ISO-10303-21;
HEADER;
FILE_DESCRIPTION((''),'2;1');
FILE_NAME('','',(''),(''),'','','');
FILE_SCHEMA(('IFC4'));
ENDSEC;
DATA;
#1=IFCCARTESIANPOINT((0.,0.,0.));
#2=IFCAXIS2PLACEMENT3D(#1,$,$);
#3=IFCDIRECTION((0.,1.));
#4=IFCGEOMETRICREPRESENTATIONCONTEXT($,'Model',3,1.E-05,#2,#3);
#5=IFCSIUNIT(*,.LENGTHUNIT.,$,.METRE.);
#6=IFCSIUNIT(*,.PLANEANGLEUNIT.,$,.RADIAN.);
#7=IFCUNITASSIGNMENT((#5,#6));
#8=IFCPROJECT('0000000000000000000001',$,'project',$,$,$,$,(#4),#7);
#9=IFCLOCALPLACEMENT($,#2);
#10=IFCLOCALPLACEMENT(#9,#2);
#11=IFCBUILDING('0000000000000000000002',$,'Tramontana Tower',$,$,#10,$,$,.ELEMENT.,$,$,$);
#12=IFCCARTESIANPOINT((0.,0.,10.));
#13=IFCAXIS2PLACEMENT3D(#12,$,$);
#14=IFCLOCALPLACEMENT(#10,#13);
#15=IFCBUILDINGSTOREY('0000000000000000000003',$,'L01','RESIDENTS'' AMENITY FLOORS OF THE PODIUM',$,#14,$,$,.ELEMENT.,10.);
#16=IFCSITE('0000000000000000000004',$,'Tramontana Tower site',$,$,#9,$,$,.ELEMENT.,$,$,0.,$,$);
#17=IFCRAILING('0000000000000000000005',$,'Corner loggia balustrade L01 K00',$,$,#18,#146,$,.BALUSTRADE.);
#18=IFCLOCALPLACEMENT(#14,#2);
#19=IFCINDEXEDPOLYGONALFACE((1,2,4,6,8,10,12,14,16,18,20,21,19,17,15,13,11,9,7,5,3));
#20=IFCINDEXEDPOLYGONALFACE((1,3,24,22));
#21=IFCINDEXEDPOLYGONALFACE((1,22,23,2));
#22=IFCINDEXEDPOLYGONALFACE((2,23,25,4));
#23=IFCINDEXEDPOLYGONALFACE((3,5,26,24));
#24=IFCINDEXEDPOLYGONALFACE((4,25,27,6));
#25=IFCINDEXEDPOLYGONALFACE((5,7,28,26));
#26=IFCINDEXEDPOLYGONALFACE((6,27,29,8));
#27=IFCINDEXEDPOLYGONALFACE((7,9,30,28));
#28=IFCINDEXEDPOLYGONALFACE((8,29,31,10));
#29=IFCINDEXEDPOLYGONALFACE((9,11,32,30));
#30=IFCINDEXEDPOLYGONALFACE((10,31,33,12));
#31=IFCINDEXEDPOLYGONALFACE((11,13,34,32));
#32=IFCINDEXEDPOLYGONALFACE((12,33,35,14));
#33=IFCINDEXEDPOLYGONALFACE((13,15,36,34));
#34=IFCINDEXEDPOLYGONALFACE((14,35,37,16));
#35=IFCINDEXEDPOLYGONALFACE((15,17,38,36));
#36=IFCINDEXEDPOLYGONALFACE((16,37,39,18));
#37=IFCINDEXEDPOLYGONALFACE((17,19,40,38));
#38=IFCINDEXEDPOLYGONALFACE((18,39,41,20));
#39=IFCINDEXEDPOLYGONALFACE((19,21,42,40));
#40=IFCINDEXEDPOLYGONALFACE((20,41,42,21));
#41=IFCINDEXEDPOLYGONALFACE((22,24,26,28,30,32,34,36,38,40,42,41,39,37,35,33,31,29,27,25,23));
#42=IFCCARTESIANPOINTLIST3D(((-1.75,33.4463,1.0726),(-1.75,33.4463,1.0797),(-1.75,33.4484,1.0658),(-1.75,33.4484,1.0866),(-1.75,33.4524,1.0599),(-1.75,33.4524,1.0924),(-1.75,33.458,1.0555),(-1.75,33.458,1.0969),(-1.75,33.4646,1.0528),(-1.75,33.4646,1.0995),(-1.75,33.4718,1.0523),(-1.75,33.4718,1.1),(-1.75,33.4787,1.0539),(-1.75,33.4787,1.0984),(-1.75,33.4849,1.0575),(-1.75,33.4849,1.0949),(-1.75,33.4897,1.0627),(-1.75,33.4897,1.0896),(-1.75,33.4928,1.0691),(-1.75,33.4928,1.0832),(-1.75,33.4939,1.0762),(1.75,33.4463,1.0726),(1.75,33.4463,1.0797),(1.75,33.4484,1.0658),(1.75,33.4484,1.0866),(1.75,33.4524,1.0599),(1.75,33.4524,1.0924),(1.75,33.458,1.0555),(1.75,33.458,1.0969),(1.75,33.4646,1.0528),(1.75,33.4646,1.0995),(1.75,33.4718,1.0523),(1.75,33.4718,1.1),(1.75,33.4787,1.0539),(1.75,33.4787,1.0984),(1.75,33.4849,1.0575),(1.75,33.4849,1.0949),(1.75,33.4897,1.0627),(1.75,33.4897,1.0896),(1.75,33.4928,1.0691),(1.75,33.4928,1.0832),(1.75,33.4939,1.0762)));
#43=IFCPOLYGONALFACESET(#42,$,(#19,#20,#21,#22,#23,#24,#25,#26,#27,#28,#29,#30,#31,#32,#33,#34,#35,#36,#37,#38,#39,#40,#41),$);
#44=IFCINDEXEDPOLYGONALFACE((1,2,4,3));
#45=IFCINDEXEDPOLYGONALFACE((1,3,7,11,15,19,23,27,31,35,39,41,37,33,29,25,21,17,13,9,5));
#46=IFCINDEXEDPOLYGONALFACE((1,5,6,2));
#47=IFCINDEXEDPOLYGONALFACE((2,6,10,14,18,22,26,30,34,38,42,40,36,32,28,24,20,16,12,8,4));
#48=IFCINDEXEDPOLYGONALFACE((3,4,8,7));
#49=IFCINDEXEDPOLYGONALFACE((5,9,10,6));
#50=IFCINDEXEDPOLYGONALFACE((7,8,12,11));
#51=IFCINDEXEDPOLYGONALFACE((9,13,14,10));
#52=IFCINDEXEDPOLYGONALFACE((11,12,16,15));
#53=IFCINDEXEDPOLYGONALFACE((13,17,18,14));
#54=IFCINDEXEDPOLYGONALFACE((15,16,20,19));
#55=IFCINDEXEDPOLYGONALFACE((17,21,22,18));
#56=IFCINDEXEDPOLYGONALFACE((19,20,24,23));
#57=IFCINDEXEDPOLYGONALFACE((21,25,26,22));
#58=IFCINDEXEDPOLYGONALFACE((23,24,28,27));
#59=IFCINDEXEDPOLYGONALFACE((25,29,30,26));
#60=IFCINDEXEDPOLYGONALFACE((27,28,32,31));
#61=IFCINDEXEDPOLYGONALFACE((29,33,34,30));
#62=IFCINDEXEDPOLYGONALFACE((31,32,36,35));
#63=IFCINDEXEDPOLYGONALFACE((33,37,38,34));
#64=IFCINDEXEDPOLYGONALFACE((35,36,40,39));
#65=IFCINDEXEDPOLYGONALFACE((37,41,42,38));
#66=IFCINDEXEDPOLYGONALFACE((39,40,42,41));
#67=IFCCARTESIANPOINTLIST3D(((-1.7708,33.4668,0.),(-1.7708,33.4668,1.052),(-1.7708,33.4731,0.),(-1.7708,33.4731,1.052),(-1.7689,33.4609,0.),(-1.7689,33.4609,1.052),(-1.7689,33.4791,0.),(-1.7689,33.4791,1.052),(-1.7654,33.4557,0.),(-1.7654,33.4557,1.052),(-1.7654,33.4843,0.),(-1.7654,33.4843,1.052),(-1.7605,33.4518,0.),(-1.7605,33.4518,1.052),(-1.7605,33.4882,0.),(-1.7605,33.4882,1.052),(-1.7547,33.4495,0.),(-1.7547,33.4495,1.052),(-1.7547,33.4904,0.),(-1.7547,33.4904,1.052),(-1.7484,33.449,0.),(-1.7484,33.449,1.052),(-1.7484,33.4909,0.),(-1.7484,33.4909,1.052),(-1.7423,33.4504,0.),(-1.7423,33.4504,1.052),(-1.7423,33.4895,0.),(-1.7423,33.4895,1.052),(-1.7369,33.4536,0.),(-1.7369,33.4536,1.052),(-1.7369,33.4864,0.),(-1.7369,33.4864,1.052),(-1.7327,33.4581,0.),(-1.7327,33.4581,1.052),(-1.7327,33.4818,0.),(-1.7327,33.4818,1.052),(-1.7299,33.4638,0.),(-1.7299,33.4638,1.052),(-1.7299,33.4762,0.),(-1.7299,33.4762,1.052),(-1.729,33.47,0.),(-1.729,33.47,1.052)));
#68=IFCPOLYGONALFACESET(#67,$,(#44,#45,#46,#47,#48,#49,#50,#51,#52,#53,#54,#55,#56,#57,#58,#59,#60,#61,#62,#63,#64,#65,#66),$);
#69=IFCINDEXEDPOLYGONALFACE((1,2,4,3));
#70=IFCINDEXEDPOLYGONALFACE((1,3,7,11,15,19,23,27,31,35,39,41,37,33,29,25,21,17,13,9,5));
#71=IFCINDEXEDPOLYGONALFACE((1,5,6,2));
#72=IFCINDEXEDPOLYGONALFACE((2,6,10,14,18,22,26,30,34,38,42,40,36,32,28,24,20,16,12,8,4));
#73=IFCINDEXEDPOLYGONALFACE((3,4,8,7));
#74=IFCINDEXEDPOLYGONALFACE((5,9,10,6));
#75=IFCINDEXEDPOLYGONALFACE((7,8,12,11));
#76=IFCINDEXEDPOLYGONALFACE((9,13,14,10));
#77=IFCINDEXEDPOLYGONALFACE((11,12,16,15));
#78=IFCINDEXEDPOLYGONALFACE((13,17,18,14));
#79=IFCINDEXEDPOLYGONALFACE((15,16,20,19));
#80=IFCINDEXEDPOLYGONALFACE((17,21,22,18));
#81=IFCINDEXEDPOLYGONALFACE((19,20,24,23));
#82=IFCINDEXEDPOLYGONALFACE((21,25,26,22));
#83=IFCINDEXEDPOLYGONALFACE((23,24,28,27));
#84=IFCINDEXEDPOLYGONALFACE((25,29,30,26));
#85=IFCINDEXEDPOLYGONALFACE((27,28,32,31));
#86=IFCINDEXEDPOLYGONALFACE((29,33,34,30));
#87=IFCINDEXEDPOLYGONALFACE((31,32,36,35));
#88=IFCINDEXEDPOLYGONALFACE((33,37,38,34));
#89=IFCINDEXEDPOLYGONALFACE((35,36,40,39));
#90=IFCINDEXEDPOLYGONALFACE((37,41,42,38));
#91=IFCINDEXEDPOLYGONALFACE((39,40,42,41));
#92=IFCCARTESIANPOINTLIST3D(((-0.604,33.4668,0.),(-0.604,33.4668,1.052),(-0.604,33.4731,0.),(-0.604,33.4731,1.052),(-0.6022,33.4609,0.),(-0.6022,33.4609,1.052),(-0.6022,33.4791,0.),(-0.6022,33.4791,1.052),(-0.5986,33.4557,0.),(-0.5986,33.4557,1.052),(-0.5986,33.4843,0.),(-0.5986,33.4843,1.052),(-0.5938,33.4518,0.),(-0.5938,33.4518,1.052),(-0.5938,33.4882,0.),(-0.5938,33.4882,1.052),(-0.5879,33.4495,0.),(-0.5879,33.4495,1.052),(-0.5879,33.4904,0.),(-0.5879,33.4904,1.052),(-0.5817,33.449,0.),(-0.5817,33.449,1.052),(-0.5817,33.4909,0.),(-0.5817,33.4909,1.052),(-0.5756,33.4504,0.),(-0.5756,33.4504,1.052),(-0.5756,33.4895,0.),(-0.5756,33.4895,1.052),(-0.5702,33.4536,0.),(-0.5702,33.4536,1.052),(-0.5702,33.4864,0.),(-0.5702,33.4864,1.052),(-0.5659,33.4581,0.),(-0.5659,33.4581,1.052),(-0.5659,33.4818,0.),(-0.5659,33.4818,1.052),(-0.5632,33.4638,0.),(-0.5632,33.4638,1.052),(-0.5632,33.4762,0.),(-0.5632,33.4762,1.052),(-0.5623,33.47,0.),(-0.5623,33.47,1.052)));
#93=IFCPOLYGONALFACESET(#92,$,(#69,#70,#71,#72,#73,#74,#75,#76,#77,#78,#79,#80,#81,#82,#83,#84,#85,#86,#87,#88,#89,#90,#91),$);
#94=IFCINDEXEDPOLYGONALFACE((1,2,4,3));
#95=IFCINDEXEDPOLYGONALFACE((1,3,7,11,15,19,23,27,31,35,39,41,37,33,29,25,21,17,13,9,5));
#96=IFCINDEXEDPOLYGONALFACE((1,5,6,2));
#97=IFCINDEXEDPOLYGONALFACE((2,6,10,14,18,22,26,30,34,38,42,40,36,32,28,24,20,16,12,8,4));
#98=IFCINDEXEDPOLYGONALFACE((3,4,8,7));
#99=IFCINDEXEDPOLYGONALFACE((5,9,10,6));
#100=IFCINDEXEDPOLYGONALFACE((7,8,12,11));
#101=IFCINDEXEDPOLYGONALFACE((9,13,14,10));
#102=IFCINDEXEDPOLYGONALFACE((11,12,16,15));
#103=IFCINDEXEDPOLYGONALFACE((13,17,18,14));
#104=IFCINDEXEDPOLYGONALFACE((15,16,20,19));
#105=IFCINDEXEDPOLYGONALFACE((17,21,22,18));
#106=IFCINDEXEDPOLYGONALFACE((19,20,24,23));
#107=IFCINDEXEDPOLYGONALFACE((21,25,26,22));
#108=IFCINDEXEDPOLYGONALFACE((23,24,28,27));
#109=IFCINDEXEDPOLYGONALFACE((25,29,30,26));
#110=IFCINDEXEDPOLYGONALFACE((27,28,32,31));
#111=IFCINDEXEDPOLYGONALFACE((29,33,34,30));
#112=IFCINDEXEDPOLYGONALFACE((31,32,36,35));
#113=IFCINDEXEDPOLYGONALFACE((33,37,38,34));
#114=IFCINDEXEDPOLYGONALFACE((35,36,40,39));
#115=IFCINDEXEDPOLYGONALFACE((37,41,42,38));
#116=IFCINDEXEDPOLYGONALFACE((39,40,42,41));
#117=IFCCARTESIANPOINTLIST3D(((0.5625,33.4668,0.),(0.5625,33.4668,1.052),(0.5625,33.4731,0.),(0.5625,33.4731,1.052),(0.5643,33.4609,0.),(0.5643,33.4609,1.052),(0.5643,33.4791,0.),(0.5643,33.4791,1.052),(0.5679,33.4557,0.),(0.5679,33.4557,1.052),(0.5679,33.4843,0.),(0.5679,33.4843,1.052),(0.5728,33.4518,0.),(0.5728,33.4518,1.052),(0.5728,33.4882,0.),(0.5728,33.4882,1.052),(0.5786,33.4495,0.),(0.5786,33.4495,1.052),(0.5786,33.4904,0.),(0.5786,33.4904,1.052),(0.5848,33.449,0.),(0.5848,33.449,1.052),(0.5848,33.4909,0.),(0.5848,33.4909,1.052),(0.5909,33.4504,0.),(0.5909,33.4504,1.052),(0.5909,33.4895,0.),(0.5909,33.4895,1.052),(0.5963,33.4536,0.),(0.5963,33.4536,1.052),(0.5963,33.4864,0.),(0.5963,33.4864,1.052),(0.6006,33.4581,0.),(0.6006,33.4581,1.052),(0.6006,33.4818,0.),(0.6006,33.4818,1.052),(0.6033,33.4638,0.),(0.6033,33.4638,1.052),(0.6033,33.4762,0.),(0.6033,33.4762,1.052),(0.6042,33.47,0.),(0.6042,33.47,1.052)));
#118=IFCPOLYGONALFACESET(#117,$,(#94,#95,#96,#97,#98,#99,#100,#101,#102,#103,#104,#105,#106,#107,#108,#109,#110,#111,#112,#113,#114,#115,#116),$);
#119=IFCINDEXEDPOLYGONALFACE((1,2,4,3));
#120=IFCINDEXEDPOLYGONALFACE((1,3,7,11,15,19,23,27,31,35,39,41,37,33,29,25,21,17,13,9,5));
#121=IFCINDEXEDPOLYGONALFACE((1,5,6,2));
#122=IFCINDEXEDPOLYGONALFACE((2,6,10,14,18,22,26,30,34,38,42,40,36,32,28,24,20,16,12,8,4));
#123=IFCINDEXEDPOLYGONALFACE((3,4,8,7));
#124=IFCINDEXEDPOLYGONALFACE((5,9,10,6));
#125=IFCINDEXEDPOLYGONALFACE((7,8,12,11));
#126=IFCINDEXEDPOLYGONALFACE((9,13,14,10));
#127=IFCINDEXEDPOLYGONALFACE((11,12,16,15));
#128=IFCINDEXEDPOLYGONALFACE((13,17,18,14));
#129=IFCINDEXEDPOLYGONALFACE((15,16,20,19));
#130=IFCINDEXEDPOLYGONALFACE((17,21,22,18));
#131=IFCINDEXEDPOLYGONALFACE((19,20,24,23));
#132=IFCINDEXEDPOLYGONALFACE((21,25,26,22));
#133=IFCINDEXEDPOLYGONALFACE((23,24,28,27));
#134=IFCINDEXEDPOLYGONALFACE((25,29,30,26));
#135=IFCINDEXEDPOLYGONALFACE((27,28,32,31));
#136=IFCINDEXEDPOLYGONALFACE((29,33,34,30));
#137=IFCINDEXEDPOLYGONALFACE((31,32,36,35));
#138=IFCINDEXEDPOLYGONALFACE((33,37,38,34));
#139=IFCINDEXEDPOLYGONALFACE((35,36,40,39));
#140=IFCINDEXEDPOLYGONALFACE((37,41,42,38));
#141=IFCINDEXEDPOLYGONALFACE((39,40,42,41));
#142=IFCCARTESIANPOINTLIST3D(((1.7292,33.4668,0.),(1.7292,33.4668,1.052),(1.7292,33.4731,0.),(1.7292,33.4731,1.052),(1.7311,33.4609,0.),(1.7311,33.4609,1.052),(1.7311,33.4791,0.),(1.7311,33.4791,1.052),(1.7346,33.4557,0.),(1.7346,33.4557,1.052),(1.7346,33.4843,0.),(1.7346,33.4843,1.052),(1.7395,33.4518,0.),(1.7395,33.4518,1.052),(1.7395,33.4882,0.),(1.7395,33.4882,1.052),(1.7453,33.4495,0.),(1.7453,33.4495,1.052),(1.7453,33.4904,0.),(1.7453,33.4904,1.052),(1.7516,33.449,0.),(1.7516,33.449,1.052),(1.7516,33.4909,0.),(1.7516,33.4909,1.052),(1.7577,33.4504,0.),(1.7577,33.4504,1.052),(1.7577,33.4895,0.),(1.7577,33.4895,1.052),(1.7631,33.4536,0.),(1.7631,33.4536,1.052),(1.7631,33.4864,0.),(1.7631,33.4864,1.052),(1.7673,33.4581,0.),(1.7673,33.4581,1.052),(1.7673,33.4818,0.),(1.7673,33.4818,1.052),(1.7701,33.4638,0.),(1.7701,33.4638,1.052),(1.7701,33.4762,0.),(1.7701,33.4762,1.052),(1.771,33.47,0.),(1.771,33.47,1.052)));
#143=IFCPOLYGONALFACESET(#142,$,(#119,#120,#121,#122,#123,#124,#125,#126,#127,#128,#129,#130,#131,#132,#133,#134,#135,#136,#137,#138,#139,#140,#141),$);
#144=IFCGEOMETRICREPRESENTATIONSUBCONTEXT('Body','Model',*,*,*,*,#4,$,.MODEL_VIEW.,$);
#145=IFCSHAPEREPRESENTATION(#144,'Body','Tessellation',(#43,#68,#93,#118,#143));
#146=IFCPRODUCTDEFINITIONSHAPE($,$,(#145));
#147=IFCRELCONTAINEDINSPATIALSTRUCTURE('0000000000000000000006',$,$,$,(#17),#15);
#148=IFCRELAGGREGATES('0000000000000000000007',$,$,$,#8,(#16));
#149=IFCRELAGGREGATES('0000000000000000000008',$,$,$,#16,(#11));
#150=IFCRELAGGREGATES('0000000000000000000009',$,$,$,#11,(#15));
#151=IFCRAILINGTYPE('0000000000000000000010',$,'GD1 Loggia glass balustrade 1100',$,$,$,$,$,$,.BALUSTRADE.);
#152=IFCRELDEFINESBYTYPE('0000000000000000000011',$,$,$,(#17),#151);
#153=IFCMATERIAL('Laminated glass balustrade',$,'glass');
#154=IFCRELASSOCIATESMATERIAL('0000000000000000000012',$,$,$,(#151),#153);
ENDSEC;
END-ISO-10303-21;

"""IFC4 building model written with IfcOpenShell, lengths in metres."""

from ifc_helpers import new_model, si_unit, direction, frame, origin, origin_2d, place, context, subcontext, project, spatial, circle, extrude, material, type_object, element, save


model = new_model("IFC4")

# Units and contexts
model_context = context("Model", 3, precision=1e-05, world=origin(), true_north=direction((0.0, 1.0)))
body_context = subcontext(model_context, "Body", "Model", "MODEL_VIEW")
ifc_project = project(units=[si_unit("LENGTHUNIT", "METRE"), si_unit("PLANEANGLEUNIT", "RADIAN")], contexts=[model_context])

# Site, building, storey
site_placement = place(None, origin())
site = spatial("IfcSite", under=ifc_project, at=site_placement, Name="Tramontana Tower site", CompositionType="ELEMENT", RefElevation=0.0)
building_placement = place(site_placement, origin())
building = spatial("IfcBuilding", under=site, at=building_placement, Name="Tramontana Tower", CompositionType="ELEMENT")
storey_placement = place(building_placement, frame((0.0, 0.0, 10.0)))
storey = spatial("IfcBuildingStorey", under=building, at=storey_placement, Name="L01", Description="RESIDENTS' AMENITY FLOORS OF THE PODIUM", CompositionType="ELEMENT", Elevation=10.0)

# Railing
ifc_material_1 = material(Name="Laminated glass balustrade", Category="glass")
railing_type = type_object("IfcRailingType", Name="GD1 Loggia glass balustrade 1100", PredefinedType="BALUSTRADE", material=ifc_material_1)
railing_placement = place(storey_placement, frame((-1.75, 33.47, 0.0)))
element("IfcRailing", 1, at=railing_placement, inside=storey, type_object=railing_type, Name="Corner loggia balustrade L01 K00", PredefinedType="BALUSTRADE", context=body_context, shape_type="SweptSolid", body=[
    extrude(circle(Radius=0.0239, at=origin_2d()), frame((0.0, 0.0, 1.0762), z_axis=(1.0, 0.0, 0.0), x_axis=(0.0, 1.0, 0.0)), (0.0, 0.0, 1.0), 3.5),
    extrude(circle(Radius=0.021, at=origin_2d()), origin(), (0.0, 0.0, 1.0), 1.052),
    extrude(circle(Radius=0.021, at=origin_2d()), frame((1.1667, 0.0, 0.0)), (0.0, 0.0, 1.0), 1.052),
    extrude(circle(Radius=0.021, at=origin_2d()), frame((2.3333, 0.0, 0.0)), (0.0, 0.0, 1.0), 1.052),
    extrude(circle(Radius=0.021, at=origin_2d()), frame((3.5, 0.0, 0.0)), (0.0, 0.0, 1.0), 1.052),
])

save(model, "model.ifc")
